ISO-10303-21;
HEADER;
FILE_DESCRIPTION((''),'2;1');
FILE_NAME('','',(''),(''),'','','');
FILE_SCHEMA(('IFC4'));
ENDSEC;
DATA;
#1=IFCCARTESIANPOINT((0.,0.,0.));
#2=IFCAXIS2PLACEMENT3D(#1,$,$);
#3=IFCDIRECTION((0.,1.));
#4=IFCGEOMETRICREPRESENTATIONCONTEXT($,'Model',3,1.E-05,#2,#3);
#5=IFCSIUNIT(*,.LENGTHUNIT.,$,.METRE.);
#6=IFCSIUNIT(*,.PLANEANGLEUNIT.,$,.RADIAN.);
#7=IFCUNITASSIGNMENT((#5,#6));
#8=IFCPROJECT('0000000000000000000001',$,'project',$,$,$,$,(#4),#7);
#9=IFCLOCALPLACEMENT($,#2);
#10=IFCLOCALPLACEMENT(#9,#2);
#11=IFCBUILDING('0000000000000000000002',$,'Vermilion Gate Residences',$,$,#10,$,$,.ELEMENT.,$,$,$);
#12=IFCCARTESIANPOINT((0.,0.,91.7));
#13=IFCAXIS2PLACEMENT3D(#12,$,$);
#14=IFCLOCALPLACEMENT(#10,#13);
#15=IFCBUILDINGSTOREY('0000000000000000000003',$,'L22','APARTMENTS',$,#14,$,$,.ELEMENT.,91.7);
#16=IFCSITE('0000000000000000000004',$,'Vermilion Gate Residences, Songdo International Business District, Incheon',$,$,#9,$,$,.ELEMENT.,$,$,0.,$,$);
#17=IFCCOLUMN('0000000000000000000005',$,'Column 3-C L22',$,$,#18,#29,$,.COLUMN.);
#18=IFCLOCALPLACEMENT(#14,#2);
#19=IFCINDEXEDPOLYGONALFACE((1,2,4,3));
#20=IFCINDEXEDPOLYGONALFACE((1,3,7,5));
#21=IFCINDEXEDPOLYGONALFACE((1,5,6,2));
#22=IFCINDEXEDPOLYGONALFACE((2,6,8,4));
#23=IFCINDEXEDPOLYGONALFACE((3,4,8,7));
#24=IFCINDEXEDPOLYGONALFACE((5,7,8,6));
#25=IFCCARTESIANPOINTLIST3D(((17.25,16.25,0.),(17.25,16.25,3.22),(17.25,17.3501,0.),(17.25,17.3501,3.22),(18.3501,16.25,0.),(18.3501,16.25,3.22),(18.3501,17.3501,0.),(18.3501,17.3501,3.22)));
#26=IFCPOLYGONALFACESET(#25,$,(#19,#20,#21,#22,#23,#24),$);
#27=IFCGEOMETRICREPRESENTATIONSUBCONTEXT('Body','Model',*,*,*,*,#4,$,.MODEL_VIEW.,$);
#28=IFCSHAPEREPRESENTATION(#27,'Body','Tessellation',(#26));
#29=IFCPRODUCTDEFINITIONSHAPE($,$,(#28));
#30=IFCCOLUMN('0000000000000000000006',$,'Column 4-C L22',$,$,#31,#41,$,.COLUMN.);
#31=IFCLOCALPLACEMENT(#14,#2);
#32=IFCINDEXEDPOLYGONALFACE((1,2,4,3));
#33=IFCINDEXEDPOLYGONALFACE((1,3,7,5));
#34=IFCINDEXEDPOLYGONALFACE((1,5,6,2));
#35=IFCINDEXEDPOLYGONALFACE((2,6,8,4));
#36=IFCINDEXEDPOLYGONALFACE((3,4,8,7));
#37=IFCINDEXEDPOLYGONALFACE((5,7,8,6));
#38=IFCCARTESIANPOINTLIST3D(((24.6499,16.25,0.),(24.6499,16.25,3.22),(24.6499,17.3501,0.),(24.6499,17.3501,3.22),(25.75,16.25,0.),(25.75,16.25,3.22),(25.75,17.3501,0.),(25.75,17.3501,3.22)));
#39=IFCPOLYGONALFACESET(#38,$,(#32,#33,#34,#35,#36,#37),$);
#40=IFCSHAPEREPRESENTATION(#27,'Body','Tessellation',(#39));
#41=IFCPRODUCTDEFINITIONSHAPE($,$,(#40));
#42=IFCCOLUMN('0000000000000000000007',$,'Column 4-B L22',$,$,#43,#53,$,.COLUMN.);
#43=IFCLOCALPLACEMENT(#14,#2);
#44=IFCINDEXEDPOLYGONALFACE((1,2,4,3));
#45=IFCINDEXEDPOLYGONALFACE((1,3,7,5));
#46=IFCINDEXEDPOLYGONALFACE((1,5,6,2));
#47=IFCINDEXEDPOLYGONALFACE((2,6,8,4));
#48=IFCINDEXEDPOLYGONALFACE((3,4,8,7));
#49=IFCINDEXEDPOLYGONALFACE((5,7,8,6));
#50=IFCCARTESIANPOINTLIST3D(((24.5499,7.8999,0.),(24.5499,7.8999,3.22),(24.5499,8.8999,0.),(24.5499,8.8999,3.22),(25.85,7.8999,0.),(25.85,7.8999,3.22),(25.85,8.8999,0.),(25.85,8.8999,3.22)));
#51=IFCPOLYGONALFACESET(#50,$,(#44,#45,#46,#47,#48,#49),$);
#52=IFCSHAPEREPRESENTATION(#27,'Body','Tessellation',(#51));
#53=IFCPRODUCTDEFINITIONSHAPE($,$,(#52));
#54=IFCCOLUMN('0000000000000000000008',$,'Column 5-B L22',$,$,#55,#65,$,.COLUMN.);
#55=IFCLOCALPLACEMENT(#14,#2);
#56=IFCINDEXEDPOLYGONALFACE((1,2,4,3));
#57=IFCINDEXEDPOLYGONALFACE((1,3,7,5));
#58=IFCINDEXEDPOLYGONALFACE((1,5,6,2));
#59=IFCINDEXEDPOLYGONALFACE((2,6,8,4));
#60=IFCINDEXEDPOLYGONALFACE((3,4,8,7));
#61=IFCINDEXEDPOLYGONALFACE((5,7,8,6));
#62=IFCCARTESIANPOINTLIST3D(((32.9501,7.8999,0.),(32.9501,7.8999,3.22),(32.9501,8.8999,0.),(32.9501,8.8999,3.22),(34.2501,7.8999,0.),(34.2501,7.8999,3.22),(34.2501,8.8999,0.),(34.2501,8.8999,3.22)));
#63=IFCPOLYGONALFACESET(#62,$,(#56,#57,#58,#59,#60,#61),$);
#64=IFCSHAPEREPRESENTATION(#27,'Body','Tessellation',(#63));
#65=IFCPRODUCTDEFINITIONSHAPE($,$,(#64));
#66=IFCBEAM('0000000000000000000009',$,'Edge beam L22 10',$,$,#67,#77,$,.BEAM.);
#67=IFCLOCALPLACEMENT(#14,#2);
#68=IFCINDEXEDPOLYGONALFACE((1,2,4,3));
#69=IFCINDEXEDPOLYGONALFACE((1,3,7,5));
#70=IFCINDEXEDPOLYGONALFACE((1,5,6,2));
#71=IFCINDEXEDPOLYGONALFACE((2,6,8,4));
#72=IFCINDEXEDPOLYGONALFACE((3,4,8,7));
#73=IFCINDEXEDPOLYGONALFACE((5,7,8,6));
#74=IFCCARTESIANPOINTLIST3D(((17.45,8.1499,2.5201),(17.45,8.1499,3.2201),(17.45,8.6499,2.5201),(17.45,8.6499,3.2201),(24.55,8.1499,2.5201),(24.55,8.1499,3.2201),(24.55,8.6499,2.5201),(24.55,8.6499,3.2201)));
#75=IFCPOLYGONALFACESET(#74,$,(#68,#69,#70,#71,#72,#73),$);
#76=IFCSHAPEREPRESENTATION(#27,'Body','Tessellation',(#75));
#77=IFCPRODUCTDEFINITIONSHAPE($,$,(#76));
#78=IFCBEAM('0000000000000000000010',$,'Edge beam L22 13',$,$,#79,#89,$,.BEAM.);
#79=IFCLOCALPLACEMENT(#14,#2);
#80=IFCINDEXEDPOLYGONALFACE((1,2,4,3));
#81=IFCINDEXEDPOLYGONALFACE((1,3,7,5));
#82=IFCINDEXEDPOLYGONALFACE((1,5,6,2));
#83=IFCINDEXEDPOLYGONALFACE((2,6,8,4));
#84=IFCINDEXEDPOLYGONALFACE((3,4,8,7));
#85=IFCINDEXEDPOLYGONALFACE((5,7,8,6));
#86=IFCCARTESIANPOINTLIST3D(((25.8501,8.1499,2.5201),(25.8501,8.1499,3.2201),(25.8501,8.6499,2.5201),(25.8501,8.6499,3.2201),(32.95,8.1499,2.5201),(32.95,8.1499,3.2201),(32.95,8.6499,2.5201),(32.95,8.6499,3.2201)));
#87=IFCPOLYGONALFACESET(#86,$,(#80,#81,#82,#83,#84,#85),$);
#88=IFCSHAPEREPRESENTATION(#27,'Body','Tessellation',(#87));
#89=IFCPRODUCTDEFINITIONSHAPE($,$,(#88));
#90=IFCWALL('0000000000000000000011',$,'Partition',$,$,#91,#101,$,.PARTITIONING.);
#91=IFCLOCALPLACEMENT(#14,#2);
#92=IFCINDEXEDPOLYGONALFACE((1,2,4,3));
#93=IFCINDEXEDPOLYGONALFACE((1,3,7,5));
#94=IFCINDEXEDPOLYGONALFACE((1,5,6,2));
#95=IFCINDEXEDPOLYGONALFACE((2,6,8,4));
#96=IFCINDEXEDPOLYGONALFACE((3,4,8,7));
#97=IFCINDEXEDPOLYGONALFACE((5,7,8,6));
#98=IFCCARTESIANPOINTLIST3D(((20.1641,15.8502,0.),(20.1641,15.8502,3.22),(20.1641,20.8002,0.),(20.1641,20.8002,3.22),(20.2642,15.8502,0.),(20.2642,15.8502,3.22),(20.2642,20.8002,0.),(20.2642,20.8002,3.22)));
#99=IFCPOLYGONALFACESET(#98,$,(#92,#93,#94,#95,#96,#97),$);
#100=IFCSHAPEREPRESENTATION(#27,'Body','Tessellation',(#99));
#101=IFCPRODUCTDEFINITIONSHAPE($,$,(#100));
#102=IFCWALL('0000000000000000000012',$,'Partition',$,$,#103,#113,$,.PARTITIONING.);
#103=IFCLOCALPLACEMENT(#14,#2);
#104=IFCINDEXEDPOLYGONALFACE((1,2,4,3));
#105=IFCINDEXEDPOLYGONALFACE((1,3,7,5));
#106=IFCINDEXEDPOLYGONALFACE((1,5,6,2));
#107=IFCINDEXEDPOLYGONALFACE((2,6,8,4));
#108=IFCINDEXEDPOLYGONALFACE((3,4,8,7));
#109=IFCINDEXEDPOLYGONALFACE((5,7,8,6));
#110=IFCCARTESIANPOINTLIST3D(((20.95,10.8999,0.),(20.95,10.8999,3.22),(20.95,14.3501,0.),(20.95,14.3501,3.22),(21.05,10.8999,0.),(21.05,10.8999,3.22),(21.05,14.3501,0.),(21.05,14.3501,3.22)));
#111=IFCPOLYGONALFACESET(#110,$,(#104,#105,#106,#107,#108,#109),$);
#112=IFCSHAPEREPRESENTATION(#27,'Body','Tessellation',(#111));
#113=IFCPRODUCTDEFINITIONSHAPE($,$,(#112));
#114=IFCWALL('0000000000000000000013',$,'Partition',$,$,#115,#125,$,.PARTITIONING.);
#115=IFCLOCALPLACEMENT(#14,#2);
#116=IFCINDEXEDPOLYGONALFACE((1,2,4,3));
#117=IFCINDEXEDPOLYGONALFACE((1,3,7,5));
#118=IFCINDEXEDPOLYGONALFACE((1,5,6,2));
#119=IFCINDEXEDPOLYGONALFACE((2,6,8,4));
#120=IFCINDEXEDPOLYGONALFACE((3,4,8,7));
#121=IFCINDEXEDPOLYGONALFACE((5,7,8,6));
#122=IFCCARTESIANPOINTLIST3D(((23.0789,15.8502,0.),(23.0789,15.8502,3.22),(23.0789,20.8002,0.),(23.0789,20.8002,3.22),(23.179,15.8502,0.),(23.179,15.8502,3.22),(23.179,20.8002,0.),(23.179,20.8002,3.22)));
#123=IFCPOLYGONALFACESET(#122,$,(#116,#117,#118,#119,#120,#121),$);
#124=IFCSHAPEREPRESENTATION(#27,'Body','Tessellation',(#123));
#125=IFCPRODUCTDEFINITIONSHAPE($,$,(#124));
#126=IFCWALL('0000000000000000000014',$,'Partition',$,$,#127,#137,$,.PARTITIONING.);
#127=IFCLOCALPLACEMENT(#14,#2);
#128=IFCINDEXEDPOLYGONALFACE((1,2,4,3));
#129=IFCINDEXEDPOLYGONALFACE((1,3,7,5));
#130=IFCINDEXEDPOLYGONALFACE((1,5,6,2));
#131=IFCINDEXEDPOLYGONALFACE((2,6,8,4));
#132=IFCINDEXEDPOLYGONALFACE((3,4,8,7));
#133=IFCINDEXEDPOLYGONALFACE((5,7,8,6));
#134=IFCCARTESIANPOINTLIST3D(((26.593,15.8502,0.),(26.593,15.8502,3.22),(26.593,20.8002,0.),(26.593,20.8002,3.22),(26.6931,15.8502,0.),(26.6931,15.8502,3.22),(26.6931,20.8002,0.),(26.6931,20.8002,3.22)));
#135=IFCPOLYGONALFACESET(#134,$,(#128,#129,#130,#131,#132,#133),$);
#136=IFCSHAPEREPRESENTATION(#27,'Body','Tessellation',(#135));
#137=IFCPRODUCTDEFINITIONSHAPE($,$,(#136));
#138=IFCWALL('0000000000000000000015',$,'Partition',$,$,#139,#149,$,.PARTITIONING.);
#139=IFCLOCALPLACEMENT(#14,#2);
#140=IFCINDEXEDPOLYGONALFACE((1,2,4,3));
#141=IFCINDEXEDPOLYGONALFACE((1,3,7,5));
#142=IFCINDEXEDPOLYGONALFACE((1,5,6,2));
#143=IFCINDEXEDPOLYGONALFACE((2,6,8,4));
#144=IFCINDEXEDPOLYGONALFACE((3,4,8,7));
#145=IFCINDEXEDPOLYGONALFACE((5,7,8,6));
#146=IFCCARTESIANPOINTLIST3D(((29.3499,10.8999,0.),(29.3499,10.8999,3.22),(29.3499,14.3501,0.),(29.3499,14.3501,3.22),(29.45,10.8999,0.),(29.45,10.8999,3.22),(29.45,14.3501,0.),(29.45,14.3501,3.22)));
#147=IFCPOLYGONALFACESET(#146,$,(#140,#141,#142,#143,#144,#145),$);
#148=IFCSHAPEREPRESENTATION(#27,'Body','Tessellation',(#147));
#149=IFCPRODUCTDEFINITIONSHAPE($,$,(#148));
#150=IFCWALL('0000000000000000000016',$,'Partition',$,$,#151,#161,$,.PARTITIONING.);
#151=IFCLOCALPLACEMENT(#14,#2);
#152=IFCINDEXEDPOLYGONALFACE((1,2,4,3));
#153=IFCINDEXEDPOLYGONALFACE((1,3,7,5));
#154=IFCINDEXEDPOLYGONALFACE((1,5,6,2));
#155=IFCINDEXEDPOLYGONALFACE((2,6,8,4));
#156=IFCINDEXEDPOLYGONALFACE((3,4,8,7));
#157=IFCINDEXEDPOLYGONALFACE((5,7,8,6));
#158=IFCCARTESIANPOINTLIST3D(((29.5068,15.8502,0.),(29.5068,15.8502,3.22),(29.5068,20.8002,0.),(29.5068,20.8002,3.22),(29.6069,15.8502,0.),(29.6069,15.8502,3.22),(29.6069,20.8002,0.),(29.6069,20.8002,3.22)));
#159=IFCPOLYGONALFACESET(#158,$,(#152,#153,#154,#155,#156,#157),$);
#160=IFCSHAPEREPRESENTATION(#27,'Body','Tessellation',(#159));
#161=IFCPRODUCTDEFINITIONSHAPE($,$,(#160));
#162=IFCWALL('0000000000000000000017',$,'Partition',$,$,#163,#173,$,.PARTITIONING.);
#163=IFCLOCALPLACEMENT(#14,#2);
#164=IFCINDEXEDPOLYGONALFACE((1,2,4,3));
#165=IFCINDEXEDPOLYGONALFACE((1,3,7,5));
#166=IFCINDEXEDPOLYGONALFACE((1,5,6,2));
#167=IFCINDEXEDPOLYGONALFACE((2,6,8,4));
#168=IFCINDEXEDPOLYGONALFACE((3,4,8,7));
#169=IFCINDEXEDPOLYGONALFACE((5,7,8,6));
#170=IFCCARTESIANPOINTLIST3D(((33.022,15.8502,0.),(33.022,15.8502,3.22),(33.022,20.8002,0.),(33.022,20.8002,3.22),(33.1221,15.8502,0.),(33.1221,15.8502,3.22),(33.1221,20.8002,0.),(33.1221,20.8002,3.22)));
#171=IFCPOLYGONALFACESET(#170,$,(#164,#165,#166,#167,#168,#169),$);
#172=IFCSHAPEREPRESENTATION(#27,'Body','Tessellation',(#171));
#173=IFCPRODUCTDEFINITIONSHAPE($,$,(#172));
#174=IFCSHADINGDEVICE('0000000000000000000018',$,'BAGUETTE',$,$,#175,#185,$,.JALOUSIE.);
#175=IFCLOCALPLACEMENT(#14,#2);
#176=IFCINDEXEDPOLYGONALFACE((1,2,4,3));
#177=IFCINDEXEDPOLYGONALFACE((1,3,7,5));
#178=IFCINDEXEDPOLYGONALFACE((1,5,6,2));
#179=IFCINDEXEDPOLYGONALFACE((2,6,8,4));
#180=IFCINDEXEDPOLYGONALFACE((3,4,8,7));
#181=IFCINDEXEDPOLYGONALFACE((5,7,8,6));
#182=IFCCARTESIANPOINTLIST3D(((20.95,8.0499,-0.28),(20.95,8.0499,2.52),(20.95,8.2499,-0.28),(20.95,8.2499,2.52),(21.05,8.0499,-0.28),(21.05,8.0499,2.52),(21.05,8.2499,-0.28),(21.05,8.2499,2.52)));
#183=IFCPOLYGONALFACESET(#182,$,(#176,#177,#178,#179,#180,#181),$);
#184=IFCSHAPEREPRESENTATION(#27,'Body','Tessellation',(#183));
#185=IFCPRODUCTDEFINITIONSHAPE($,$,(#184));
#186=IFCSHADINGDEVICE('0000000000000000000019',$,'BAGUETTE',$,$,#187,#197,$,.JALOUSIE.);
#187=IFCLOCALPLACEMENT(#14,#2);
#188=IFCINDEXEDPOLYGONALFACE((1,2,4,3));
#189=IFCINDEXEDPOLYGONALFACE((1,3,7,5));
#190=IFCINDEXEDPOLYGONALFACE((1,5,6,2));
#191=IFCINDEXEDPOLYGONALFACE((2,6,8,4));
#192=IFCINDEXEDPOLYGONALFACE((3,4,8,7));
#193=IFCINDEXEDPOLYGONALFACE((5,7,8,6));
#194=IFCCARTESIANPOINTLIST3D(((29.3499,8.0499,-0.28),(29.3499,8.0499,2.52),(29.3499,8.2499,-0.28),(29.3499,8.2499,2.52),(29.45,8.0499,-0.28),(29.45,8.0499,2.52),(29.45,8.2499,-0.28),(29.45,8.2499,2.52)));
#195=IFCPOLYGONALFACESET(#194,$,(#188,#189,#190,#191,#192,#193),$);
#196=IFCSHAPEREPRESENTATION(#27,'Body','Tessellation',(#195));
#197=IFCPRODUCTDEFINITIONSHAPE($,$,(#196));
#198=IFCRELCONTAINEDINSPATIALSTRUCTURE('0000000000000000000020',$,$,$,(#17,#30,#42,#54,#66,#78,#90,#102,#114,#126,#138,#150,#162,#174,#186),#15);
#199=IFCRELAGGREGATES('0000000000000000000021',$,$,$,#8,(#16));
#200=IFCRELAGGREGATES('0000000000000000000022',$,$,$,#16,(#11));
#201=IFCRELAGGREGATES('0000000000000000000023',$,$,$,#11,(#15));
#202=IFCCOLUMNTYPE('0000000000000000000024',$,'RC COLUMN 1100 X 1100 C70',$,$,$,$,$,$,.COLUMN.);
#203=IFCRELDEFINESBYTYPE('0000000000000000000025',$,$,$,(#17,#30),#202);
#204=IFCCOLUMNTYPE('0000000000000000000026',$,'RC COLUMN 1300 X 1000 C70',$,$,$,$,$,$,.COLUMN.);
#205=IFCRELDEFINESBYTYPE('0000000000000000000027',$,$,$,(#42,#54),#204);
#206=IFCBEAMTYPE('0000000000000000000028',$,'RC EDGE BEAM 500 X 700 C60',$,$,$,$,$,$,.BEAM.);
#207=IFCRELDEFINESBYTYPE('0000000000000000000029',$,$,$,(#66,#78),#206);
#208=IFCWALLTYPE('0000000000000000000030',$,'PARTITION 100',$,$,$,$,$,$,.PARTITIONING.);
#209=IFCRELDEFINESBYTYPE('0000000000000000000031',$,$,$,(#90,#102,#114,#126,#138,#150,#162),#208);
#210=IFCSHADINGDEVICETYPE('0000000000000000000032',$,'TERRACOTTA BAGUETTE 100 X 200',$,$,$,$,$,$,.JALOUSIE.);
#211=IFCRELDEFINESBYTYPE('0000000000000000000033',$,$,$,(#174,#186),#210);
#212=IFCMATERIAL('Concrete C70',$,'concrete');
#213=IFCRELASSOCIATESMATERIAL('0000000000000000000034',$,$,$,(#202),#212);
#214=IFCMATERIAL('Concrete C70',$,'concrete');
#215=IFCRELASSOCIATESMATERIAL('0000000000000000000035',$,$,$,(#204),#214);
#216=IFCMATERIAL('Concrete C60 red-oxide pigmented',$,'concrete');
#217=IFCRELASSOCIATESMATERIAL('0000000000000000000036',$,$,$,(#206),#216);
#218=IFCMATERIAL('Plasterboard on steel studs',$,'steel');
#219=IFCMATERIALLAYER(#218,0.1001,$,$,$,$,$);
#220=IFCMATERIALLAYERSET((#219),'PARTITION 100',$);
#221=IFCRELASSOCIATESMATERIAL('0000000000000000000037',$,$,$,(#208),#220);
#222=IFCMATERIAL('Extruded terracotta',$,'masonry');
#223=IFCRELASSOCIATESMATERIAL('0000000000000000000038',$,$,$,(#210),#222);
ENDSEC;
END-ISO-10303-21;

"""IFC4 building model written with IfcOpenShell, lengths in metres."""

from ifc_helpers import new_model, si_unit, direction, frame, frame_2d, origin, origin_2d, place, context, subcontext, project, spatial, rectangle, extrude, material, layer, layer_set, material_profile, profile_set, type_object, element, save


model = new_model("IFC4")

# Units and contexts
model_context = context("Model", 3, precision=1e-05, world=origin(), true_north=direction((0.0, 1.0)))
body_context = subcontext(model_context, "Body", "Model", "MODEL_VIEW")
ifc_project = project(units=[si_unit("LENGTHUNIT", "METRE"), si_unit("PLANEANGLEUNIT", "RADIAN")], contexts=[model_context])

# Site, building, storey
site_placement = place(None, origin())
site = spatial("IfcSite", under=ifc_project, at=site_placement, Name="Vermilion Gate Residences, Songdo International Business District, Incheon", CompositionType="ELEMENT", RefElevation=0.0)
building_placement = place(site_placement, origin())
building = spatial("IfcBuilding", under=site, at=building_placement, Name="Vermilion Gate Residences", CompositionType="ELEMENT")
storey_placement = place(building_placement, frame((0.0, 0.0, 91.7)))
storey = spatial("IfcBuildingStorey", under=building, at=storey_placement, Name="L22", Description="APARTMENTS", CompositionType="ELEMENT", Elevation=91.7)

# Columns
ifc_material_1 = material(Name="Concrete C70", Category="concrete")
ifc_material_profile_1 = material_profile(ifc_material_1, rectangle(XDim=1.1001, YDim=1.1001, at=origin_2d()), Name="RC-1100x1100")
ifc_profile_set_1 = profile_set([ifc_material_profile_1], Name="Concrete C70")
column_type_1 = type_object("IfcColumnType", Name="RC COLUMN 1100 X 1100 C70", PredefinedType="COLUMN", material=ifc_profile_set_1)
for number, where, z_axis, x_axis, name in (
    (1, (17.8, 16.8, 0.0), (0.0, 0.0, 1.0), (1.0, 0.0, 0.0), "Column 3-C L22"),
    (2, (25.2, 16.8, 0.0), (0.0, 0.0, 1.0), (1.0, 0.0, 0.0), "Column 4-C L22"),
):
    element("IfcColumn", number, at=place(storey_placement, frame(where, z_axis=z_axis, x_axis=x_axis)), inside=storey, type_object=column_type_1, Name=name, PredefinedType="COLUMN", context=body_context, shape_type="SweptSolid", body=[
        extrude(rectangle(XDim=1.1001, YDim=1.1001, at=origin_2d()), origin(), (0.0, 0.0, 1.0), 3.22),
    ])
ifc_material_2 = material(Name="Concrete C70", Category="concrete")
ifc_material_profile_2 = material_profile(ifc_material_2, rectangle(XDim=1.3, YDim=1.0, at=origin_2d()), Name="RC-1300x1000")
ifc_profile_set_2 = profile_set([ifc_material_profile_2], Name="Concrete C70")
column_type_2 = type_object("IfcColumnType", Name="RC COLUMN 1300 X 1000 C70", PredefinedType="COLUMN", material=ifc_profile_set_2)
for number, where, z_axis, x_axis, name in (
    (3, (25.2, 8.3999, 0.0), (0.0, 0.0, 1.0), (1.0, 0.0, 0.0), "Column 4-B L22"),
    (4, (33.6001, 8.3999, 0.0), (0.0, 0.0, 1.0), (1.0, 0.0, 0.0), "Column 5-B L22"),
):
    element("IfcColumn", number, at=place(storey_placement, frame(where, z_axis=z_axis, x_axis=x_axis)), inside=storey, type_object=column_type_2, Name=name, PredefinedType="COLUMN", context=body_context, shape_type="SweptSolid", body=[
        extrude(rectangle(XDim=1.3, YDim=1.0, at=origin_2d()), origin(), (0.0, 0.0, 1.0), 3.22),
    ])

# Beams
ifc_material_3 = material(Name="Concrete C60 red-oxide pigmented", Category="concrete")
ifc_material_profile_3 = material_profile(ifc_material_3, rectangle(XDim=0.5, YDim=0.7, at=origin_2d()), Name="RC-500x700")
ifc_profile_set_3 = profile_set([ifc_material_profile_3], Name="Concrete C60 red-oxide pigmented")
beam_type = type_object("IfcBeamType", Name="RC EDGE BEAM 500 X 700 C60", PredefinedType="BEAM", material=ifc_profile_set_3)
beam_1_placement = place(storey_placement, frame((17.45, 8.3999, 2.8701), z_axis=(1.0, 0.0, 0.0), x_axis=(0.0, 1.0, 0.0)))
element("IfcBeam", 5, at=beam_1_placement, inside=storey, type_object=beam_type, Name="Edge beam L22 10", PredefinedType="BEAM", context=body_context, shape_type="SweptSolid", body=[
    extrude(rectangle(XDim=0.5, YDim=0.7, at=origin_2d()), origin(), (0.0, 0.0, 1.0), 7.1001),
])
beam_2_placement = place(storey_placement, frame((25.8501, 8.3999, 2.8701), z_axis=(1.0, 0.0, 0.0), x_axis=(0.0, 1.0, 0.0)))
element("IfcBeam", 6, at=beam_2_placement, inside=storey, type_object=beam_type, Name="Edge beam L22 13", PredefinedType="BEAM", context=body_context, shape_type="SweptSolid", body=[
    extrude(rectangle(XDim=0.5, YDim=0.7, at=origin_2d()), origin(), (0.0, 0.0, 1.0), 7.0999),
])

# Walls
ifc_material_4 = material(Name="Plasterboard on steel studs", Category="steel")
ifc_layer = layer(ifc_material_4, 0.1001)
ifc_layer_set = layer_set([ifc_layer], Name="PARTITION 100")
wall_type = type_object("IfcWallType", Name="PARTITION 100", PredefinedType="PARTITIONING", material=ifc_layer_set)
wall_1_placement = place(storey_placement, frame((20.2141, 15.8501, 0.0), z_axis=(0.0, 0.0, 1.0), x_axis=(0.0, 1.0, 0.0)))
element("IfcWall", 7, at=wall_1_placement, inside=storey, type_object=wall_type, Name="Partition", PredefinedType="PARTITIONING", context=body_context, shape_type="SweptSolid", body=[
    extrude(rectangle(XDim=4.95, YDim=0.1001, at=frame_2d((2.4751, 0.0))), origin(), (0.0, 0.0, 1.0), 3.22),
])
wall_2_placement = place(storey_placement, frame((21.0, 10.8999, 0.0), z_axis=(0.0, 0.0, 1.0), x_axis=(0.0, 1.0, 0.0)))
element("IfcWall", 8, at=wall_2_placement, inside=storey, type_object=wall_type, Name="Partition", PredefinedType="PARTITIONING", context=body_context, shape_type="SweptSolid", body=[
    extrude(rectangle(XDim=3.4502, YDim=0.1001, at=frame_2d((1.7251, 0.0))), origin(), (0.0, 0.0, 1.0), 3.22),
])
for number, where, z_axis, x_axis, name in (
    (9, (23.1289, 15.8501, 0.0), (0.0, 0.0, 1.0), (0.0, 1.0, 0.0), "Partition"),
    (10, (26.6431, 15.8501, 0.0), (0.0, 0.0, 1.0), (0.0, 1.0, 0.0), "Partition"),
):
    element("IfcWall", number, at=place(storey_placement, frame(where, z_axis=z_axis, x_axis=x_axis)), inside=storey, type_object=wall_type, Name=name, PredefinedType="PARTITIONING", context=body_context, shape_type="SweptSolid", body=[
        extrude(rectangle(XDim=4.95, YDim=0.1001, at=frame_2d((2.4751, 0.0))), origin(), (0.0, 0.0, 1.0), 3.22),
    ])
wall_3_placement = place(storey_placement, frame((29.3999, 10.8999, 0.0), z_axis=(0.0, 0.0, 1.0), x_axis=(0.0, 1.0, 0.0)))
element("IfcWall", 11, at=wall_3_placement, inside=storey, type_object=wall_type, Name="Partition", PredefinedType="PARTITIONING", context=body_context, shape_type="SweptSolid", body=[
    extrude(rectangle(XDim=3.4502, YDim=0.1001, at=frame_2d((1.7251, 0.0))), origin(), (0.0, 0.0, 1.0), 3.22),
])
for number, where, z_axis, x_axis, name in (
    (12, (29.5569, 15.8501, 0.0), (0.0, 0.0, 1.0), (0.0, 1.0, 0.0), "Partition"),
    (13, (33.072, 15.8501, 0.0), (0.0, 0.0, 1.0), (0.0, 1.0, 0.0), "Partition"),
):
    element("IfcWall", number, at=place(storey_placement, frame(where, z_axis=z_axis, x_axis=x_axis)), inside=storey, type_object=wall_type, Name=name, PredefinedType="PARTITIONING", context=body_context, shape_type="SweptSolid", body=[
        extrude(rectangle(XDim=4.95, YDim=0.1001, at=frame_2d((2.4751, 0.0))), origin(), (0.0, 0.0, 1.0), 3.22),
    ])

# Shading devices
ifc_material_5 = material(Name="Extruded terracotta", Category="masonry")
ifc_material_profile_4 = material_profile(ifc_material_5, rectangle(XDim=0.2, YDim=0.1001, at=origin_2d()), Name="BAGUETTE 100 X 200")
ifc_profile_set_4 = profile_set([ifc_material_profile_4], Name="Extruded terracotta")
shading_device_type = type_object("IfcShadingDeviceType", Name="TERRACOTTA BAGUETTE 100 X 200", PredefinedType="JALOUSIE", material=ifc_profile_set_4)
for number, where, z_axis, x_axis, name in (
    (14, (21.0, 8.1499, -0.28), (0.0, 0.0, 1.0), (0.0, 1.0, 0.0), "BAGUETTE"),
    (15, (29.3999, 8.1499, -0.28), (0.0, 0.0, 1.0), (0.0, 1.0, 0.0), "BAGUETTE"),
):
    element("IfcShadingDevice", number, at=place(storey_placement, frame(where, z_axis=z_axis, x_axis=x_axis)), inside=storey, type_object=shading_device_type, Name=name, PredefinedType="JALOUSIE", context=body_context, shape_type="SweptSolid", body=[
        extrude(rectangle(XDim=0.2, YDim=0.1001, at=origin_2d()), origin(), (0.0, 0.0, 1.0), 2.8),
    ])

save(model, "model.ifc")
